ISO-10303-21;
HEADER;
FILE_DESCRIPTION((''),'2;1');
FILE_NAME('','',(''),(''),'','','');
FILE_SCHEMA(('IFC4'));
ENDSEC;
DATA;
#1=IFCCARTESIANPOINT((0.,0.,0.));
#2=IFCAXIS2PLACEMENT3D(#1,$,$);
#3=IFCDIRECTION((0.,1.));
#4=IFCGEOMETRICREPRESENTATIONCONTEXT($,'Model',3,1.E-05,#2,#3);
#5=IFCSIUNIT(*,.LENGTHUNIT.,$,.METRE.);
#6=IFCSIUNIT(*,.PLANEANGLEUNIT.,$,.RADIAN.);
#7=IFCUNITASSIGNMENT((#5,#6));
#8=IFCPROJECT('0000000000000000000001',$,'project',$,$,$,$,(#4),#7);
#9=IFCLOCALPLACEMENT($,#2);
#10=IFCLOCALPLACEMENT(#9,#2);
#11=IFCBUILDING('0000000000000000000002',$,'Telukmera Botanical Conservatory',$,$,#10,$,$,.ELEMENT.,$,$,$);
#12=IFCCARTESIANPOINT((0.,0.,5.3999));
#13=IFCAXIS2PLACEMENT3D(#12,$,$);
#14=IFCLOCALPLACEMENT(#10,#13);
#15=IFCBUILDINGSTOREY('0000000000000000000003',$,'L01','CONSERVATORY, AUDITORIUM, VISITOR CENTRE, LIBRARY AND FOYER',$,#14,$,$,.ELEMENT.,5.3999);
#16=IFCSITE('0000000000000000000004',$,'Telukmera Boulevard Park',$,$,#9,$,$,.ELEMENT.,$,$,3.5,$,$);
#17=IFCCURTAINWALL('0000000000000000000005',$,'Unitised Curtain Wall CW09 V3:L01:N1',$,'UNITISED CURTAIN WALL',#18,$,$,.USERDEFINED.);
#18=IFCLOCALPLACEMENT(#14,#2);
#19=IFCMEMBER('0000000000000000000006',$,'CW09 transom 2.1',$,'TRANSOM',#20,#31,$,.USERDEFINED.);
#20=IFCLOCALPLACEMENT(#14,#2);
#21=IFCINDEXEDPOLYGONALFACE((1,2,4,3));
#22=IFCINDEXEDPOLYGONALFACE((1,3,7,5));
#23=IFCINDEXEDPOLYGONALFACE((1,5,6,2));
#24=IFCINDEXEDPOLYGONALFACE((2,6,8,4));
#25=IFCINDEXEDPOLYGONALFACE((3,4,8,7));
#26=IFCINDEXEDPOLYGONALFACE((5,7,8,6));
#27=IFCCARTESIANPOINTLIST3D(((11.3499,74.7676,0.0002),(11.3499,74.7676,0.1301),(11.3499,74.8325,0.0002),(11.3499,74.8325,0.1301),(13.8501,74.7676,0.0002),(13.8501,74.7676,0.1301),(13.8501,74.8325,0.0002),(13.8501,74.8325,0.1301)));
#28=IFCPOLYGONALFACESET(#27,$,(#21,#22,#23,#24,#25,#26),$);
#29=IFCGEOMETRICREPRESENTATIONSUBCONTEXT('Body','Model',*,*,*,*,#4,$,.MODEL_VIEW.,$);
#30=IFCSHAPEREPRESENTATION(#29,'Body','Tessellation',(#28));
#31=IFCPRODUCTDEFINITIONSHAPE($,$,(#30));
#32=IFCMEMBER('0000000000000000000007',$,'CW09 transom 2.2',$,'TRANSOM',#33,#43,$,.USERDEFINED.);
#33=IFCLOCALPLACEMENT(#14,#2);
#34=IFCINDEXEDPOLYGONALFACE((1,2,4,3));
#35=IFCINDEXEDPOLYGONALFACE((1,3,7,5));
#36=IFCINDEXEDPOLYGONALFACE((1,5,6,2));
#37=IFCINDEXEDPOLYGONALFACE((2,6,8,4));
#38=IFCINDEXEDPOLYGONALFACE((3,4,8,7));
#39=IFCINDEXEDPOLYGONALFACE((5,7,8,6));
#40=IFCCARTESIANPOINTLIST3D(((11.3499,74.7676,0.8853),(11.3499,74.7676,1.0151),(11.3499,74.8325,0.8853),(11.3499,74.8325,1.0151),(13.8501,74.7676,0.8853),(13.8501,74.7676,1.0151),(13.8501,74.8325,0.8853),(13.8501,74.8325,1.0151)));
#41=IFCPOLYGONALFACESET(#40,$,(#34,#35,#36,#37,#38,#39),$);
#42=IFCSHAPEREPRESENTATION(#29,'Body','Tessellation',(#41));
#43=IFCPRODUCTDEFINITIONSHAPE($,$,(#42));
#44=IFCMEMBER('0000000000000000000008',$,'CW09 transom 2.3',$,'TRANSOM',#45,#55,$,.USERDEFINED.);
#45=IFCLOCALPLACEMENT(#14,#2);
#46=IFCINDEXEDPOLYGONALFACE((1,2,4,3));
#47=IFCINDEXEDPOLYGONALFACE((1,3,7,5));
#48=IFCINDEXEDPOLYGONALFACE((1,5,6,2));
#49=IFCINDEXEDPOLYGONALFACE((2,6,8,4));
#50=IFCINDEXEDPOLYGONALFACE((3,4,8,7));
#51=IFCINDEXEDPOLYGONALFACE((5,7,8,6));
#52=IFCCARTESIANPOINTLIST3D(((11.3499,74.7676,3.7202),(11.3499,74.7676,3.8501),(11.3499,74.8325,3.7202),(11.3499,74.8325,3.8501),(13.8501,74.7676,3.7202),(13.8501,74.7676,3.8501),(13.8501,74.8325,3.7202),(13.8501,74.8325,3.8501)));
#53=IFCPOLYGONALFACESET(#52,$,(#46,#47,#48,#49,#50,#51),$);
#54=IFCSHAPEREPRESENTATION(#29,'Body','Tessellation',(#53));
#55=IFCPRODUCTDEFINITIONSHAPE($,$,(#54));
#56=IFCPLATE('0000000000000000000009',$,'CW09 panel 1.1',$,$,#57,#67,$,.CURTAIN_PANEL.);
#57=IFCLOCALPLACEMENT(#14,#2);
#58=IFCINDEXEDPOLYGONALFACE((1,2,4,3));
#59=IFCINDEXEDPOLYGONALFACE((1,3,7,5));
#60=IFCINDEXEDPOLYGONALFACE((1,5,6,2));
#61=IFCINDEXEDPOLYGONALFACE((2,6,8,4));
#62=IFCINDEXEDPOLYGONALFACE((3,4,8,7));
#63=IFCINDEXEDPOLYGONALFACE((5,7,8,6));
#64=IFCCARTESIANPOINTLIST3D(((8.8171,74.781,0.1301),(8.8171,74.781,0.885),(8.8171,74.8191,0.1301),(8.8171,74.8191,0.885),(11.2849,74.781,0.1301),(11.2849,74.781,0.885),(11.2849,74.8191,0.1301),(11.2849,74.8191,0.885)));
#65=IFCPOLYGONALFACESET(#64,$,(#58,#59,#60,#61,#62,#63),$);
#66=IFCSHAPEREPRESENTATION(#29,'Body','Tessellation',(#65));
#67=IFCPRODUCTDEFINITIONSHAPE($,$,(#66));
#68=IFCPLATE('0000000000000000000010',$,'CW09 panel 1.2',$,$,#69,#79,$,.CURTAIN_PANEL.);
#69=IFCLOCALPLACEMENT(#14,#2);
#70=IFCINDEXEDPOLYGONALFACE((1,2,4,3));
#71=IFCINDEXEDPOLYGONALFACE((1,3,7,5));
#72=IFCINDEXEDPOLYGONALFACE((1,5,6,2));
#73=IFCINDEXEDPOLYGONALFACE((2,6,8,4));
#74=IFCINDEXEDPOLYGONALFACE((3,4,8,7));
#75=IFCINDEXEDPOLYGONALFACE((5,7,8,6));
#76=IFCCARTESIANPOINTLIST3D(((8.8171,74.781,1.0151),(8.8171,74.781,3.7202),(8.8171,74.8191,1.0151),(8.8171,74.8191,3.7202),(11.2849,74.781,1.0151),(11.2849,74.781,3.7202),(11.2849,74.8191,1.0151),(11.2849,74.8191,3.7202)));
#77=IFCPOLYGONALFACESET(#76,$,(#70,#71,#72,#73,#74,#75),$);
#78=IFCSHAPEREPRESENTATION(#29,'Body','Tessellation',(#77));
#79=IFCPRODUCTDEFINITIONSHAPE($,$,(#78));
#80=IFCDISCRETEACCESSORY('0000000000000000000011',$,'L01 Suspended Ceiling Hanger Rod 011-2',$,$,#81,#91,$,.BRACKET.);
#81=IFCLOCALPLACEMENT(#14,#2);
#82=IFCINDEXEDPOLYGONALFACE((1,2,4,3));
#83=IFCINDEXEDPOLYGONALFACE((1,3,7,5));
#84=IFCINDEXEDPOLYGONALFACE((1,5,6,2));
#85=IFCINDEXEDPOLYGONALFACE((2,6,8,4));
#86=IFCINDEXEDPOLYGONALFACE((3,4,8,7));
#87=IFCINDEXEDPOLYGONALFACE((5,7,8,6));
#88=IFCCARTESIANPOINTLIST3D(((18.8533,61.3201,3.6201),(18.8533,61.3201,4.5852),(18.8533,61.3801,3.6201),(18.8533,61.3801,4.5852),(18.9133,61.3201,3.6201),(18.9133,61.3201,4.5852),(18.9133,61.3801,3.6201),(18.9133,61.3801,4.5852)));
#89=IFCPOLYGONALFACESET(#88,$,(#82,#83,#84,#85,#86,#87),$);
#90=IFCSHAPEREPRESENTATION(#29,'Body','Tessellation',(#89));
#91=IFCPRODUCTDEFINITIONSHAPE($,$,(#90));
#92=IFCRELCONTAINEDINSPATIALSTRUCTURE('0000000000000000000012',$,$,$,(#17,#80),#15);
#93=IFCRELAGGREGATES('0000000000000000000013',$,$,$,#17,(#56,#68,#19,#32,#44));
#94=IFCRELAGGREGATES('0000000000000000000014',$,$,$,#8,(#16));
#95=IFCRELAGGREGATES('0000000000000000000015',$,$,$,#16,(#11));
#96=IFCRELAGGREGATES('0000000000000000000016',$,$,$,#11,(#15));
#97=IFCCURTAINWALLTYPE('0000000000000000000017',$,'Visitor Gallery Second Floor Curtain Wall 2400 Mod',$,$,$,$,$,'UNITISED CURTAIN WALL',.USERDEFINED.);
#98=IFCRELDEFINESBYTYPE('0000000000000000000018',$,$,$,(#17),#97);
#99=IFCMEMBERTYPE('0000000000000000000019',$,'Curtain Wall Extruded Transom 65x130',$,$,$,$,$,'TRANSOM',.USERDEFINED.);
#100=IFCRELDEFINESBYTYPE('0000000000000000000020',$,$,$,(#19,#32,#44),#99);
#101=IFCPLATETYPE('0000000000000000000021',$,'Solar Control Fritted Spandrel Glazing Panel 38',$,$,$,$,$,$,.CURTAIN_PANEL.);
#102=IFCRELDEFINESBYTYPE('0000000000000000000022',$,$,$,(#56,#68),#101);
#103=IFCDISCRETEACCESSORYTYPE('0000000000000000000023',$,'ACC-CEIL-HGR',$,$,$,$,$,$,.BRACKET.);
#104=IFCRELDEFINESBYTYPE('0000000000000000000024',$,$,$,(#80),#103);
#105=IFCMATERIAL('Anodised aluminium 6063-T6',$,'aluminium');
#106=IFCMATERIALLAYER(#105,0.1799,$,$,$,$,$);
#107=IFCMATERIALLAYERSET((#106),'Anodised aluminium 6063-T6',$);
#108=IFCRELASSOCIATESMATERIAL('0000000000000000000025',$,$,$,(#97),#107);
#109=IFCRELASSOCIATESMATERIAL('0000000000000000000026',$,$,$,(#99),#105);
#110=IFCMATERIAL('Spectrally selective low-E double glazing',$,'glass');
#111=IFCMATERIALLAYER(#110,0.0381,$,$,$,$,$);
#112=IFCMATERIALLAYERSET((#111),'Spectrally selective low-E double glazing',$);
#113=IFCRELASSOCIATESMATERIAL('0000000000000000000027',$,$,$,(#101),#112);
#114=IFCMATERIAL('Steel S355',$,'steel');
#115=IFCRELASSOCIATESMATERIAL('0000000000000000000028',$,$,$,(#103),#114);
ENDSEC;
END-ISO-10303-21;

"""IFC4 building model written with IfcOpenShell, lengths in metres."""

from ifc_helpers import new_model, si_unit, direction, frame, origin, origin_2d, place, context, subcontext, project, spatial, rectangle, extrude, material, layer, layer_set, material_profile, profile_set, type_object, element, aggregate, save


model = new_model("IFC4")

# Units and contexts
model_context = context("Model", 3, precision=1e-05, world=origin(), true_north=direction((0.0, 1.0)))
body_context = subcontext(model_context, "Body", "Model", "MODEL_VIEW")
ifc_project = project(units=[si_unit("LENGTHUNIT", "METRE"), si_unit("PLANEANGLEUNIT", "RADIAN")], contexts=[model_context])

# Site, building, storey
site_placement = place(None, origin())
site = spatial("IfcSite", under=ifc_project, at=site_placement, Name="Telukmera Boulevard Park", CompositionType="ELEMENT", RefElevation=3.5)
building_placement = place(site_placement, origin())
building = spatial("IfcBuilding", under=site, at=building_placement, Name="Telukmera Botanical Conservatory", CompositionType="ELEMENT")
storey_placement = place(building_placement, frame((0.0, 0.0, 5.3999)))
storey = spatial("IfcBuildingStorey", under=building, at=storey_placement, Name="L01", Description="CONSERVATORY, AUDITORIUM, VISITOR CENTRE, LIBRARY AND FOYER", CompositionType="ELEMENT", Elevation=5.3999)

# Curtain wall
ifc_material_1 = material(Name="Anodised aluminium 6063-T6", Category="aluminium")
ifc_layer_1 = layer(ifc_material_1, 0.1799)
ifc_layer_set_1 = layer_set([ifc_layer_1], Name="Anodised aluminium 6063-T6")
curtain_wall_type_1 = type_object("IfcCurtainWallType", Name="Visitor Gallery Second Floor Curtain Wall 2400 Mod", ElementType="UNITISED CURTAIN WALL", PredefinedType="USERDEFINED", material=ifc_layer_set_1)
curtain_wall_1_placement = place(storey_placement, origin())
curtain_wall_1 = element("IfcCurtainWall", 1, at=curtain_wall_1_placement, inside=storey, type_object=curtain_wall_type_1, Name="Unitised Curtain Wall CW09 V3:L01:N1", ObjectType="UNITISED CURTAIN WALL", PredefinedType="USERDEFINED")

# Members
ifc_material_profile_1 = material_profile(ifc_material_1, rectangle(XDim=0.0649, YDim=0.1299, at=origin_2d()), Name="ALU TRAN 65x130")
ifc_profile_set_1 = profile_set([ifc_material_profile_1], Name="Anodised aluminium 6063-T6")
member_type_1 = type_object("IfcMemberType", Name="Curtain Wall Extruded Transom 65x130", ElementType="TRANSOM", PredefinedType="USERDEFINED", material=ifc_profile_set_1)
member_1_placement = place(storey_placement, frame((11.3499, 74.8, 0.0652), z_axis=(1.0, 0.0, 0.0), x_axis=(0.0, 1.0, 0.0)))
member_1 = element("IfcMember", 2, at=member_1_placement, type_object=member_type_1, Name="CW09 transom 2.1", ObjectType="TRANSOM", PredefinedType="USERDEFINED", context=body_context, shape_type="SweptSolid", body=[
    extrude(rectangle(XDim=0.0649, YDim=0.1299, at=origin_2d()), origin(), (0.0, 0.0, 1.0), 2.5002),
])
member_2_placement = place(storey_placement, frame((11.3499, 74.8, 0.9502), z_axis=(1.0, 0.0, 0.0), x_axis=(0.0, 1.0, 0.0)))
member_2 = element("IfcMember", 3, at=member_2_placement, type_object=member_type_1, Name="CW09 transom 2.2", ObjectType="TRANSOM", PredefinedType="USERDEFINED", context=body_context, shape_type="SweptSolid", body=[
    extrude(rectangle(XDim=0.0649, YDim=0.1299, at=origin_2d()), origin(), (0.0, 0.0, 1.0), 2.5002),
])
member_3_placement = place(storey_placement, frame((11.3499, 74.8, 3.7852), z_axis=(1.0, 0.0, 0.0), x_axis=(0.0, 1.0, 0.0)))
member_3 = element("IfcMember", 4, at=member_3_placement, type_object=member_type_1, Name="CW09 transom 2.3", ObjectType="TRANSOM", PredefinedType="USERDEFINED", context=body_context, shape_type="SweptSolid", body=[
    extrude(rectangle(XDim=0.0649, YDim=0.1299, at=origin_2d()), origin(), (0.0, 0.0, 1.0), 2.5002),
])

# Plates
ifc_material_2 = material(Name="Spectrally selective low-E double glazing", Category="glass")
ifc_layer_2 = layer(ifc_material_2, 0.0381)
ifc_layer_set_2 = layer_set([ifc_layer_2], Name="Spectrally selective low-E double glazing")
plate_type = type_object("IfcPlateType", Name="Solar Control Fritted Spandrel Glazing Panel 38", PredefinedType="CURTAIN_PANEL", material=ifc_layer_set_2)
plate_1_placement = place(storey_placement, frame((10.051, 74.8, 0.1301), z_axis=(0.0, 0.0, 1.0), x_axis=(1.0, 0.0, 0.0)))
plate_1 = element("IfcPlate", 5, at=plate_1_placement, type_object=plate_type, Name="CW09 panel 1.1", PredefinedType="CURTAIN_PANEL", context=body_context, shape_type="SweptSolid", body=[
    extrude(rectangle(XDim=2.4678, YDim=0.0381, at=origin_2d()), origin(), (0.0, 0.0, 1.0), 0.7549),
])
plate_2_placement = place(storey_placement, frame((10.051, 74.8, 1.0151), z_axis=(0.0, 0.0, 1.0), x_axis=(1.0, 0.0, 0.0)))
plate_2 = element("IfcPlate", 6, at=plate_2_placement, type_object=plate_type, Name="CW09 panel 1.2", PredefinedType="CURTAIN_PANEL", context=body_context, shape_type="SweptSolid", body=[
    extrude(rectangle(XDim=2.4678, YDim=0.0381, at=origin_2d()), origin(), (0.0, 0.0, 1.0), 2.7051),
])
aggregate(curtain_wall_1, [plate_1, plate_2, member_1, member_2, member_3])

# Discrete accessory
ifc_material_3 = material(Name="Steel S355", Category="steel")
discrete_accessory_type = type_object("IfcDiscreteAccessoryType", Name="ACC-CEIL-HGR", PredefinedType="BRACKET", material=ifc_material_3)
discrete_accessory_placement = place(storey_placement, frame((18.8833, 61.3501, 3.6201), z_axis=(0.0, 0.0, 1.0), x_axis=(1.0, 0.0, 0.0)))
element("IfcDiscreteAccessory", 7, at=discrete_accessory_placement, inside=storey, type_object=discrete_accessory_type, Name="L01 Suspended Ceiling Hanger Rod 011-2", PredefinedType="BRACKET", context=body_context, shape_type="SweptSolid", body=[
    extrude(rectangle(XDim=0.0601, YDim=0.0601, at=origin_2d()), origin(), (0.0, 0.0, 1.0), 0.9651),
])

save(model, "model.ifc")
